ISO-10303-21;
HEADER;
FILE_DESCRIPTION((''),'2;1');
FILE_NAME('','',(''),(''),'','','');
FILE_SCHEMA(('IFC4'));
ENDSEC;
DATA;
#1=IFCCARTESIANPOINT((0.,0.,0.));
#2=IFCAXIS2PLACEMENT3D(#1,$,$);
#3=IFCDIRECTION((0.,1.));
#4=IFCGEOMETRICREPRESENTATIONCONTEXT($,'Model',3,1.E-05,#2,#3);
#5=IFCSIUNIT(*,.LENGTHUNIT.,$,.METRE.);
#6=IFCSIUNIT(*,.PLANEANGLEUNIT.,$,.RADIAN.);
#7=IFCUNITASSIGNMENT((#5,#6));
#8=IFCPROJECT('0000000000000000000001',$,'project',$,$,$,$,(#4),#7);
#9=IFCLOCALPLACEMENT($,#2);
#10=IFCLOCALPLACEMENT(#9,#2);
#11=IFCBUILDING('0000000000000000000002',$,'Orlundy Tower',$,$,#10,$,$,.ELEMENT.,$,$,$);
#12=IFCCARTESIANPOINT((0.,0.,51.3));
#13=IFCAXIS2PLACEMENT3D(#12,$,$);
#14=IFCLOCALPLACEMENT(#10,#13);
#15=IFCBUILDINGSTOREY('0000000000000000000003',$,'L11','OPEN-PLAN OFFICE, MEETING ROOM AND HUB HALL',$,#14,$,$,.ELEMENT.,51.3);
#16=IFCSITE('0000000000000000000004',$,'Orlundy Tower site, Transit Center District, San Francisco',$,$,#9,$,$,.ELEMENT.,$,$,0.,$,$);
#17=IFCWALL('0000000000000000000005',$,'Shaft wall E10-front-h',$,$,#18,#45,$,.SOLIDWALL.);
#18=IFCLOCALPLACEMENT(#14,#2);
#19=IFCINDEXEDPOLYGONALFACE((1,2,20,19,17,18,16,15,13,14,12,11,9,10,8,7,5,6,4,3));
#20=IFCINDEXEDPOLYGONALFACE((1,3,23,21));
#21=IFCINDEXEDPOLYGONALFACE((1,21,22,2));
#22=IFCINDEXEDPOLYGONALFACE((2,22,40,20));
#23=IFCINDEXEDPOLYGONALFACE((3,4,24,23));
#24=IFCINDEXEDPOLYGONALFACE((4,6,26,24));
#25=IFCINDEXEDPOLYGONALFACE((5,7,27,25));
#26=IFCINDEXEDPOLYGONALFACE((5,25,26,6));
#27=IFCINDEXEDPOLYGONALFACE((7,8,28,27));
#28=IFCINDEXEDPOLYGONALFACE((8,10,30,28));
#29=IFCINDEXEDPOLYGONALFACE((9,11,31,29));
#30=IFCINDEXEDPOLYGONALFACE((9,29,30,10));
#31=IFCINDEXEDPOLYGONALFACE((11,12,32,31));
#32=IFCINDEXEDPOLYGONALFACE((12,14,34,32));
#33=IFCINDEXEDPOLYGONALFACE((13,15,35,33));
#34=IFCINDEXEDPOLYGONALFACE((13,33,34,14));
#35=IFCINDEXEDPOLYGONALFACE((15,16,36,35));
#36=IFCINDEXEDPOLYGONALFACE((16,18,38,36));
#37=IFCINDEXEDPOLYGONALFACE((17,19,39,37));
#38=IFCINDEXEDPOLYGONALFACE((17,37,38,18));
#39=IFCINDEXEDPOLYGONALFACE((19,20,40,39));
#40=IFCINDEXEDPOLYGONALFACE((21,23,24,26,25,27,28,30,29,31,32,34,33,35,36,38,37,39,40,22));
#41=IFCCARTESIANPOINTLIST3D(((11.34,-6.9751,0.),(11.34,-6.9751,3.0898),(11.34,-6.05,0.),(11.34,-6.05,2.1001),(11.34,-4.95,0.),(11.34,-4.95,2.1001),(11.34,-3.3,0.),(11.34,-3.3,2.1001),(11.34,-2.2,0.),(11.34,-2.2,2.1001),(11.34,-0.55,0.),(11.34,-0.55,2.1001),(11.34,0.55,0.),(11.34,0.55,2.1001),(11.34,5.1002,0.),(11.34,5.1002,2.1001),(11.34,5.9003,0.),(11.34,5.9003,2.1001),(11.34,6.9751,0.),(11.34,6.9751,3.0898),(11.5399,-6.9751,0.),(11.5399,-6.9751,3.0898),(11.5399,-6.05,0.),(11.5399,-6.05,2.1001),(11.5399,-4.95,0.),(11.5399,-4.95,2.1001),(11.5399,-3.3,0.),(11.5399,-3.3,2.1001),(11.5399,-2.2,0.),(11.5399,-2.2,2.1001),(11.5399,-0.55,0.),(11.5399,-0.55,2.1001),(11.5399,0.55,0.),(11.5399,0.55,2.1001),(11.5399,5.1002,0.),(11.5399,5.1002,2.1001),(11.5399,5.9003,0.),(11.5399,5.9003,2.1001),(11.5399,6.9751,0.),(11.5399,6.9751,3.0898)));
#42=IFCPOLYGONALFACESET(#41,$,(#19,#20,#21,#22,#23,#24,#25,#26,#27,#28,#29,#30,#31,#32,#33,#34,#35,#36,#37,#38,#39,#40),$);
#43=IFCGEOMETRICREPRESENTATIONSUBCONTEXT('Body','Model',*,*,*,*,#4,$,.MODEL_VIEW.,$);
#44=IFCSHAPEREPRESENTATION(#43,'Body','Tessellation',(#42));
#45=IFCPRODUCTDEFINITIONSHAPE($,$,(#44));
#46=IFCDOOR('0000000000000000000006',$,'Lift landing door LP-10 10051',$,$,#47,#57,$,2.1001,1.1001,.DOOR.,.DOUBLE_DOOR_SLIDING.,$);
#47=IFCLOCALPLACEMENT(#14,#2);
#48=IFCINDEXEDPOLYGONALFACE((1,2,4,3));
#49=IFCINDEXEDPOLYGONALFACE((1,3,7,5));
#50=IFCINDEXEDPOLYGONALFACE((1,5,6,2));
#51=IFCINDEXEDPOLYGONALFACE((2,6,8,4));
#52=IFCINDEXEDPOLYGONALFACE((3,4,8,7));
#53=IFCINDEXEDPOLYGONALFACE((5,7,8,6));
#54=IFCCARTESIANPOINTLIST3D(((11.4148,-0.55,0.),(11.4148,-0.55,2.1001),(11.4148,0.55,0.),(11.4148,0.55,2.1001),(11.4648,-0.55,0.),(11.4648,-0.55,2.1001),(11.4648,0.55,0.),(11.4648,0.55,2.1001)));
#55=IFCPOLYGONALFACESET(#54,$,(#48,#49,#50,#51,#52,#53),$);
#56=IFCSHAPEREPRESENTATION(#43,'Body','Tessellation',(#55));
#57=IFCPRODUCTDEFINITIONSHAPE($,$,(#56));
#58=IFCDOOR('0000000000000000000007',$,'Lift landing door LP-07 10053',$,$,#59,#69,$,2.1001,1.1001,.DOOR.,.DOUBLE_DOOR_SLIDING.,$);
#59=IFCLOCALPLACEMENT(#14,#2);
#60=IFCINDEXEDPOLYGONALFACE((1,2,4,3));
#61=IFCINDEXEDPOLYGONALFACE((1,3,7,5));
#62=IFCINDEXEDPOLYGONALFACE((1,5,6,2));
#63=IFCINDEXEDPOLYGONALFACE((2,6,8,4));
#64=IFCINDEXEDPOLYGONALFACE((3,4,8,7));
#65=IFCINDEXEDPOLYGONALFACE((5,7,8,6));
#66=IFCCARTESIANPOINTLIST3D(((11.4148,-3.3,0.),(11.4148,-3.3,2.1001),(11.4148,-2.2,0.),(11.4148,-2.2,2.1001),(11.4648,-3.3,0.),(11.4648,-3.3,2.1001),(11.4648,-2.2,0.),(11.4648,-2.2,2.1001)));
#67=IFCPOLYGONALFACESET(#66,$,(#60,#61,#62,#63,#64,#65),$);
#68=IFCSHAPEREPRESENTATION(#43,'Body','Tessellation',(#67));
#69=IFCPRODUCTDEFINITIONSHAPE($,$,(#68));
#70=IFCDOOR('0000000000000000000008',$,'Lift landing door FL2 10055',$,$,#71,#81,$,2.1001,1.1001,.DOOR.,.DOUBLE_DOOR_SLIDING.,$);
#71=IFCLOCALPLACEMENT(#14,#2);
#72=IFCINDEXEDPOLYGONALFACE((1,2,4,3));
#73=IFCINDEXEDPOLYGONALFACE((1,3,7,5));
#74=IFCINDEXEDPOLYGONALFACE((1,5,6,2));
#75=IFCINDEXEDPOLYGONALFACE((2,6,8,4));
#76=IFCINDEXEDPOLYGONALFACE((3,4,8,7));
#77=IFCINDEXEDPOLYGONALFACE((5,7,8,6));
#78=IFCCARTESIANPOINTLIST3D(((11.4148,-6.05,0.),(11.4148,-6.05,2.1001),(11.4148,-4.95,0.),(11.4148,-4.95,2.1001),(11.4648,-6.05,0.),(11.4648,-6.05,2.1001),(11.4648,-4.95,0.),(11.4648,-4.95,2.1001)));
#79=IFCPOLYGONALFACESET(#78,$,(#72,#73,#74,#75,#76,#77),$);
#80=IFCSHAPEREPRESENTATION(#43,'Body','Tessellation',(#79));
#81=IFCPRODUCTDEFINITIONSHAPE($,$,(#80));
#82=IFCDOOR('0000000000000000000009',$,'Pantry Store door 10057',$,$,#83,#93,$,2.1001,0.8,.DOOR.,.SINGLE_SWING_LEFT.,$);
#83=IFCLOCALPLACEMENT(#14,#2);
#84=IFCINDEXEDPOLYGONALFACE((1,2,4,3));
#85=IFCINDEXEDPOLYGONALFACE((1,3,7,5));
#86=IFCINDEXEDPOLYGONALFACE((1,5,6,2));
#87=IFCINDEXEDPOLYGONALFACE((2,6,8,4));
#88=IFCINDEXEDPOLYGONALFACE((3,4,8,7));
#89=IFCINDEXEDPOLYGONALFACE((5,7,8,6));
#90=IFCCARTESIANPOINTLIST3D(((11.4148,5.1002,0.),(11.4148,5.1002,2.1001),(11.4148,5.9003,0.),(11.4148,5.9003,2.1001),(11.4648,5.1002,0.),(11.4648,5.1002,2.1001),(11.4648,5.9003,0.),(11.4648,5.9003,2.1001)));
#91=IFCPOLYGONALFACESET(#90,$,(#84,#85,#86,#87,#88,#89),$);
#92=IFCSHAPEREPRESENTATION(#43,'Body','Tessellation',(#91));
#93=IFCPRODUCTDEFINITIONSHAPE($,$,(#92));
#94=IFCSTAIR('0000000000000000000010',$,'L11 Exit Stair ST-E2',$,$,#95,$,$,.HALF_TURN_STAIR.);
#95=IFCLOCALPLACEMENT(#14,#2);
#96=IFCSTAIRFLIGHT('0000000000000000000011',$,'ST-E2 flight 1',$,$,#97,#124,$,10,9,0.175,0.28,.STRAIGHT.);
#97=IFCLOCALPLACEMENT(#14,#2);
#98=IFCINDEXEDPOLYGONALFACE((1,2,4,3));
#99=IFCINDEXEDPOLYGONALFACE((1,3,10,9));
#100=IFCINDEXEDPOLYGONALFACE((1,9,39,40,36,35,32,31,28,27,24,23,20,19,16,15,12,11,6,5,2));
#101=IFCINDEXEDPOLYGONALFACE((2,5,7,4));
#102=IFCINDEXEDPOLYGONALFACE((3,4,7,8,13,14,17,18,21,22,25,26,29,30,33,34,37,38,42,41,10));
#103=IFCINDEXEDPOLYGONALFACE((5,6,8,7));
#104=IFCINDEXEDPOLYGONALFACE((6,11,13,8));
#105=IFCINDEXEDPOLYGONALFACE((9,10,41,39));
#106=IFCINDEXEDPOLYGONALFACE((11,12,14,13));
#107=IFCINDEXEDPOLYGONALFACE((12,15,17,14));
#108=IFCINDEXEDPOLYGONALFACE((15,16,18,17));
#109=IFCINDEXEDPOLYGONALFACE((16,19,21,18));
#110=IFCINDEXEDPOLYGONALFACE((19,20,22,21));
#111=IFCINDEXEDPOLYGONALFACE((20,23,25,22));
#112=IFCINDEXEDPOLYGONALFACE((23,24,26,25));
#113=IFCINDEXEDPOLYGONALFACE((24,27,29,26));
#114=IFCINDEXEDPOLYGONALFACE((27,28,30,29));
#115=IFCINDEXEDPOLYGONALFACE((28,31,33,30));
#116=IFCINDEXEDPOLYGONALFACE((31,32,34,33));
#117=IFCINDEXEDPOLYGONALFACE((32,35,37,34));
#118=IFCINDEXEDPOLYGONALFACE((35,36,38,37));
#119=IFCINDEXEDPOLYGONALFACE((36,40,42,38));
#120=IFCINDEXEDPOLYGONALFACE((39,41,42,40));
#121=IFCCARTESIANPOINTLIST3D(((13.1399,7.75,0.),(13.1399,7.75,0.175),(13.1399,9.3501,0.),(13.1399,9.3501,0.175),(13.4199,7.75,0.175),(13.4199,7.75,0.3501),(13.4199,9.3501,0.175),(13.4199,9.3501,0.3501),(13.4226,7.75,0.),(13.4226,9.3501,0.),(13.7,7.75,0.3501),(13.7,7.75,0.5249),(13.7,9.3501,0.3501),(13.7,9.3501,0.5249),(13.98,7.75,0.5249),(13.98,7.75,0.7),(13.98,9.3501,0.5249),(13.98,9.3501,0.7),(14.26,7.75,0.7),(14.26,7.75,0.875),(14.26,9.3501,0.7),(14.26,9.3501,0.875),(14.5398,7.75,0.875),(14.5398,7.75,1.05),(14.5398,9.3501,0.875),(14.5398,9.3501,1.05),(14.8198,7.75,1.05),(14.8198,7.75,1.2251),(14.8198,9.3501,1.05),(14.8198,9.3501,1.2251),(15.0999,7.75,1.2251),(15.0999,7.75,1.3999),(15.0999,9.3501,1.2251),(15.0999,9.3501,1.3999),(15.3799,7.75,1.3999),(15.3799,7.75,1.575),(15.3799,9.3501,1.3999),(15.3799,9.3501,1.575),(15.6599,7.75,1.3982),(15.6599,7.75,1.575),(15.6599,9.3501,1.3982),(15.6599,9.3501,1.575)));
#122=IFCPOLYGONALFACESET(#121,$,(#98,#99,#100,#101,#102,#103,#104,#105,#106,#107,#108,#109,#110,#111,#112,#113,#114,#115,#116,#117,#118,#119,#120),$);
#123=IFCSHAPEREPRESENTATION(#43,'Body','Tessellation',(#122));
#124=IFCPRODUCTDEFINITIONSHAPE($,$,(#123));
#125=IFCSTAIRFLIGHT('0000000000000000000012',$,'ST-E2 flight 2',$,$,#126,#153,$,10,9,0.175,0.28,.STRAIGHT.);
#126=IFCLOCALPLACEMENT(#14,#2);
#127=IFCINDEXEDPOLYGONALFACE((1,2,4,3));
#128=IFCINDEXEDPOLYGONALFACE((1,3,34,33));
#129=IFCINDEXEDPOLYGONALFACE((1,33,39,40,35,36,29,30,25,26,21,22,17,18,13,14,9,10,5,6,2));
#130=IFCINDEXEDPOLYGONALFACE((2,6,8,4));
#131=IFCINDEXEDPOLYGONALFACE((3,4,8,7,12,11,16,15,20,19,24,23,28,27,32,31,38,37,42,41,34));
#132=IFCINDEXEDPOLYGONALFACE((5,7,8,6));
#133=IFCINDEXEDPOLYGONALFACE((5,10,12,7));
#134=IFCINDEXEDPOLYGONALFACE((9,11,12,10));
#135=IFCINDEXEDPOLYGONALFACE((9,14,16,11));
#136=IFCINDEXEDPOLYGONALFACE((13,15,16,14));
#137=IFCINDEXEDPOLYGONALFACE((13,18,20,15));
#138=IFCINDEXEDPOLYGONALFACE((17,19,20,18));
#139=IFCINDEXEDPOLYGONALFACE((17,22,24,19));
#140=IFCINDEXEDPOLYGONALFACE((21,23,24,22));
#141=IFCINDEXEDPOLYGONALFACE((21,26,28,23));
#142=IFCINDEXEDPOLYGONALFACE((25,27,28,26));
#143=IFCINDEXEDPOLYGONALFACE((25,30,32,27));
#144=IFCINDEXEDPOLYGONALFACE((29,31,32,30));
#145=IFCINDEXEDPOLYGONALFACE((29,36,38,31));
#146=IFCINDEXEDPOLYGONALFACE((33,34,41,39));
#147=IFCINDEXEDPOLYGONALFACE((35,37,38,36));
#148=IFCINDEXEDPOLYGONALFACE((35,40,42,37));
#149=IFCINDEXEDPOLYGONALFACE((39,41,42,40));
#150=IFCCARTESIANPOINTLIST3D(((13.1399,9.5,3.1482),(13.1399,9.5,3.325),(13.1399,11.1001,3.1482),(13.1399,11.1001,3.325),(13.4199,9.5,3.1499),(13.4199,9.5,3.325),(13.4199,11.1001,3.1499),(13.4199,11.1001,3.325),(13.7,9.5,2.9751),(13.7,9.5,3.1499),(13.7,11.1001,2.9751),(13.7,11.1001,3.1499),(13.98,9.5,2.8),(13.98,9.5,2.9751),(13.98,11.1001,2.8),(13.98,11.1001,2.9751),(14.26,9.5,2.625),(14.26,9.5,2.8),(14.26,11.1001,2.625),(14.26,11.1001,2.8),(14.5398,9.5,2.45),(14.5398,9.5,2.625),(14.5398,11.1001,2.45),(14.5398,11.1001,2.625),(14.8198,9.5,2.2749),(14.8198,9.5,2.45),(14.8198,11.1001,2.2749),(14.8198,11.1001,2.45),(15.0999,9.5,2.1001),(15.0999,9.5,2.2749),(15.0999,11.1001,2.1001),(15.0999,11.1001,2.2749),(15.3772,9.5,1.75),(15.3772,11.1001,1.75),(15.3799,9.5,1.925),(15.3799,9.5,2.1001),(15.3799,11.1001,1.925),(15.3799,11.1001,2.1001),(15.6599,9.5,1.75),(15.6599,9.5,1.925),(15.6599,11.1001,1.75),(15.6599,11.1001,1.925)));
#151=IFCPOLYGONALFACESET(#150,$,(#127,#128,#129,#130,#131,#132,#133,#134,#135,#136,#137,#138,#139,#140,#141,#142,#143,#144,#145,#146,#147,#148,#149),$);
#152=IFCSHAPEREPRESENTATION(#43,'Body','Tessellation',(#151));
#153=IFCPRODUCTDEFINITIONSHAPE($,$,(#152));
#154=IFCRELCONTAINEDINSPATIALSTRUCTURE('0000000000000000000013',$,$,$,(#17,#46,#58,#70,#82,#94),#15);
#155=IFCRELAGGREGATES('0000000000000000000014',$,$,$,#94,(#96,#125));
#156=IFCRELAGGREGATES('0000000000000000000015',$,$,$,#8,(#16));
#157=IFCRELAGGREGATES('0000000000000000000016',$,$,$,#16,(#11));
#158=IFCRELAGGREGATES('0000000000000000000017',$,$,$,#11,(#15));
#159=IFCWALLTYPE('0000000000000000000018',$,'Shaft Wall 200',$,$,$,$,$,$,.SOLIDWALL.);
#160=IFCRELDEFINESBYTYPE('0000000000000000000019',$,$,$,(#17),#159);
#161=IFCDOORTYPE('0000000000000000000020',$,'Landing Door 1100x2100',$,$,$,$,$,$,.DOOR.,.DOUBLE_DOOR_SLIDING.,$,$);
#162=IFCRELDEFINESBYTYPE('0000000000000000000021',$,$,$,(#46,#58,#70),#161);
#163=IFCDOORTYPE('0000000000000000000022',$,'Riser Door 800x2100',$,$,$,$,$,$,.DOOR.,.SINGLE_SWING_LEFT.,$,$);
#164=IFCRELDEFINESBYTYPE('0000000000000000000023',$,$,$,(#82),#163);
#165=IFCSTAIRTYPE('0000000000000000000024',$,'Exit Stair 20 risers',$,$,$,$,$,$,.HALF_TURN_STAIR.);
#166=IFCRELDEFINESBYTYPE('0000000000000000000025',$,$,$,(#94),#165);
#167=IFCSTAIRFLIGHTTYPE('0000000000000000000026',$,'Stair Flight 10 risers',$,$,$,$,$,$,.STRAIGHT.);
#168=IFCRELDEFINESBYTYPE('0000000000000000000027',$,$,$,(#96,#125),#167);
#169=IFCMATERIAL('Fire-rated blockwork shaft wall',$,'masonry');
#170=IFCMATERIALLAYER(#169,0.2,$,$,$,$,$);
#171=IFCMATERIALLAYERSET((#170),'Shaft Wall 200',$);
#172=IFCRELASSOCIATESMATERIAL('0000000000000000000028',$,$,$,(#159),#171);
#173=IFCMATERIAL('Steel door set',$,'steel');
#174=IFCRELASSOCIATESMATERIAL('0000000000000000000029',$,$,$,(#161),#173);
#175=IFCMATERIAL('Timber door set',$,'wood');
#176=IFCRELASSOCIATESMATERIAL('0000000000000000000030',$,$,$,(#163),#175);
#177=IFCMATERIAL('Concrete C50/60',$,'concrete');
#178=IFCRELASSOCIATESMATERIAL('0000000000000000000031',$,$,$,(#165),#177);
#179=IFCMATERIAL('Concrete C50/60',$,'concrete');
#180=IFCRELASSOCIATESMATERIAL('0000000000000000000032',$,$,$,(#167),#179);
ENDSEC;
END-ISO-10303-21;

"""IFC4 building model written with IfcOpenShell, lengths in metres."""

from ifc_helpers import new_model, si_unit, direction, frame, frame_2d, origin, place, context, subcontext, project, spatial, polyline, rectangle, outline, extrude, material, layer, layer_set, type_object, element, fill, aggregate, save


model = new_model("IFC4")

# Units and contexts
model_context = context("Model", 3, precision=1e-05, world=origin(), true_north=direction((0.0, 1.0)))
body_context = subcontext(model_context, "Body", "Model", "MODEL_VIEW")
ifc_project = project(units=[si_unit("LENGTHUNIT", "METRE"), si_unit("PLANEANGLEUNIT", "RADIAN")], contexts=[model_context])

# Site, building, storey
site_placement = place(None, origin())
site = spatial("IfcSite", under=ifc_project, at=site_placement, Name="Orlundy Tower site, Transit Center District, San Francisco", CompositionType="ELEMENT", RefElevation=0.0)
building_placement = place(site_placement, origin())
building = spatial("IfcBuilding", under=site, at=building_placement, Name="Orlundy Tower", CompositionType="ELEMENT")
storey_placement = place(building_placement, frame((0.0, 0.0, 51.3)))
storey = spatial("IfcBuildingStorey", under=building, at=storey_placement, Name="L11", Description="OPEN-PLAN OFFICE, MEETING ROOM AND HUB HALL", CompositionType="ELEMENT", Elevation=51.3)

# Shared definitions
ifc_material_1 = material(Name="Fire-rated blockwork shaft wall", Category="masonry")
ifc_layer_1 = layer(ifc_material_1, 0.2)
ifc_layer_set_1 = layer_set([ifc_layer_1], Name="Shaft Wall 200")
wall_type_1 = type_object("IfcWallType", Name="Shaft Wall 200", PredefinedType="SOLIDWALL", material=ifc_layer_set_1)

# Wall, openings, doors
wall_1_placement = place(storey_placement, frame((11.4399, 6.9751, 0.0), z_axis=(0.0, 0.0, 1.0), x_axis=(0.0, -1.0, 0.0)))
wall_1 = element("IfcWall", 1, at=wall_1_placement, inside=storey, type_object=wall_type_1, Name="Shaft wall E10-front-h", PredefinedType="SOLIDWALL", context=body_context, shape_type="SweptSolid", body=[
    extrude(rectangle(XDim=13.9502, YDim=0.2, at=frame_2d((6.9751, 0.0))), origin(), (0.0, 0.0, 1.0), 3.0898),
])
opening_1_placement = place(wall_1_placement, frame((6.425, 0.0, 0.0)))
opening_1 = element("IfcOpeningElement", 2, at=opening_1_placement, cuts=wall_1, PredefinedType="OPENING", context=body_context, shape_type="SweptSolid", body=[
    extrude(rectangle(XDim=1.1001, YDim=2.1001, at=frame_2d((0.55, 1.05))), frame((0.0, 0.1101, 0.0), z_axis=(0.0, -1.0, 0.0), x_axis=(1.0, 0.0, 0.0)), (0.0, 0.0, 1.0), 0.2202),
])
opening_2_placement = place(wall_1_placement, frame((9.175, 0.0, 0.0)))
opening_2 = element("IfcOpeningElement", 3, at=opening_2_placement, cuts=wall_1, PredefinedType="OPENING", context=body_context, shape_type="SweptSolid", body=[
    extrude(rectangle(XDim=1.1001, YDim=2.1001, at=frame_2d((0.55, 1.05))), frame((0.0, 0.1101, 0.0), z_axis=(0.0, -1.0, 0.0), x_axis=(1.0, 0.0, 0.0)), (0.0, 0.0, 1.0), 0.2202),
])
opening_3_placement = place(wall_1_placement, frame((11.925, 0.0, 0.0)))
opening_3 = element("IfcOpeningElement", 4, at=opening_3_placement, cuts=wall_1, PredefinedType="OPENING", context=body_context, shape_type="SweptSolid", body=[
    extrude(rectangle(XDim=1.1001, YDim=2.1001, at=frame_2d((0.55, 1.05))), frame((0.0, 0.1101, 0.0), z_axis=(0.0, -1.0, 0.0), x_axis=(1.0, 0.0, 0.0)), (0.0, 0.0, 1.0), 0.2202),
])
opening_4_placement = place(wall_1_placement, frame((1.075, 0.0, 0.0)))
opening_4 = element("IfcOpeningElement", 5, at=opening_4_placement, cuts=wall_1, PredefinedType="OPENING", context=body_context, shape_type="SweptSolid", body=[
    extrude(rectangle(XDim=0.8, YDim=2.1001, at=frame_2d((0.3999, 1.05))), frame((0.0, 0.1101, 0.0), z_axis=(0.0, -1.0, 0.0), x_axis=(1.0, 0.0, 0.0)), (0.0, 0.0, 1.0), 0.2202),
])
ifc_material_2 = material(Name="Steel door set", Category="steel")
door_type_1 = type_object("IfcDoorType", Name="Landing Door 1100x2100", OperationType="DOUBLE_DOOR_SLIDING", PredefinedType="DOOR", material=ifc_material_2)
door_1_placement = place(opening_1_placement, origin())
door_1 = element("IfcDoor", 6, at=door_1_placement, inside=storey, type_object=door_type_1, Name="Lift landing door LP-10 10051", OperationType="DOUBLE_DOOR_SLIDING", OverallHeight=2.1001, OverallWidth=1.1001, PredefinedType="DOOR", context=body_context, shape_type="SweptSolid", body=[
    extrude(rectangle(XDim=1.1001, YDim=2.1001, at=frame_2d((0.55, 1.05))), frame((0.0, 0.0249, 0.0), z_axis=(0.0, -1.0, 0.0), x_axis=(1.0, 0.0, 0.0)), (0.0, 0.0, 1.0), 0.05),
])
fill(opening_1, door_1)
door_2_placement = place(opening_2_placement, origin())
door_2 = element("IfcDoor", 7, at=door_2_placement, inside=storey, type_object=door_type_1, Name="Lift landing door LP-07 10053", OperationType="DOUBLE_DOOR_SLIDING", OverallHeight=2.1001, OverallWidth=1.1001, PredefinedType="DOOR", context=body_context, shape_type="SweptSolid", body=[
    extrude(rectangle(XDim=1.1001, YDim=2.1001, at=frame_2d((0.55, 1.05))), frame((0.0, 0.0249, 0.0), z_axis=(0.0, -1.0, 0.0), x_axis=(1.0, 0.0, 0.0)), (0.0, 0.0, 1.0), 0.05),
])
fill(opening_2, door_2)
door_3_placement = place(opening_3_placement, origin())
door_3 = element("IfcDoor", 8, at=door_3_placement, inside=storey, type_object=door_type_1, Name="Lift landing door FL2 10055", OperationType="DOUBLE_DOOR_SLIDING", OverallHeight=2.1001, OverallWidth=1.1001, PredefinedType="DOOR", context=body_context, shape_type="SweptSolid", body=[
    extrude(rectangle(XDim=1.1001, YDim=2.1001, at=frame_2d((0.55, 1.05))), frame((0.0, 0.0249, 0.0), z_axis=(0.0, -1.0, 0.0), x_axis=(1.0, 0.0, 0.0)), (0.0, 0.0, 1.0), 0.05),
])
fill(opening_3, door_3)
ifc_material_3 = material(Name="Timber door set", Category="wood")
door_type_2 = type_object("IfcDoorType", Name="Riser Door 800x2100", OperationType="SINGLE_SWING_LEFT", PredefinedType="DOOR", material=ifc_material_3)
door_4_placement = place(opening_4_placement, origin())
door_4 = element("IfcDoor", 9, at=door_4_placement, inside=storey, type_object=door_type_2, Name="Pantry Store door 10057", OperationType="SINGLE_SWING_LEFT", OverallHeight=2.1001, OverallWidth=0.8, PredefinedType="DOOR", context=body_context, shape_type="SweptSolid", body=[
    extrude(rectangle(XDim=0.8, YDim=2.1001, at=frame_2d((0.3999, 1.05))), frame((0.0, 0.0249, 0.0), z_axis=(0.0, -1.0, 0.0), x_axis=(1.0, 0.0, 0.0)), (0.0, 0.0, 1.0), 0.05),
])
fill(opening_4, door_4)

# Stair, stair flights
ifc_material_4 = material(Name="Concrete C50/60", Category="concrete")
stair_type = type_object("IfcStairType", Name="Exit Stair 20 risers", PredefinedType="HALF_TURN_STAIR", material=ifc_material_4)
stair_placement = place(storey_placement, origin())
stair = element("IfcStair", 10, at=stair_placement, inside=storey, type_object=stair_type, Name="L11 Exit Stair ST-E2", PredefinedType="HALF_TURN_STAIR")
ifc_material_5 = material(Name="Concrete C50/60", Category="concrete")
stair_flight_type = type_object("IfcStairFlightType", Name="Stair Flight 10 risers", PredefinedType="STRAIGHT", material=ifc_material_5)
stair_flight_1_placement = place(storey_placement, frame((13.1399, 8.55, 0.0), z_axis=(0.0, 0.0, 1.0), x_axis=(1.0, 0.0, 0.0)))
stair_flight_1 = element("IfcStairFlight", 11, at=stair_flight_1_placement, type_object=stair_flight_type, Name="ST-E2 flight 1", NumberOfRisers=10, NumberOfTreads=9, PredefinedType="STRAIGHT", RiserHeight=0.175, TreadLength=0.28, context=body_context, shape_type="SweptSolid", body=[
    extrude(outline(polyline([(0.0, 0.0), (0.0, 0.175), (0.28, 0.175), (0.28, 0.3501), (0.5601, 0.3501), (0.5601, 0.5249), (0.8401, 0.5249), (0.8401, 0.7), (1.1201, 0.7), (1.1201, 0.875), (1.3999, 0.875), (1.3999, 1.05), (1.6799, 1.05), (1.6799, 1.2251), (1.96, 1.2251), (1.96, 1.3999), (2.24, 1.3999), (2.24, 1.575), (2.52, 1.575), (2.52, 1.75), (2.52, 1.3982), (0.2827, 0.0), (0.0, 0.0)])), frame((0.0, 0.8, 0.0), z_axis=(0.0, -1.0, 0.0), x_axis=(1.0, 0.0, 0.0)), (0.0, 0.0, 1.0), 1.6001),
])
stair_flight_2_placement = place(storey_placement, frame((15.6599, 10.3, 1.75), z_axis=(0.0, 0.0, 1.0), x_axis=(-1.0, 0.0, 0.0)))
stair_flight_2 = element("IfcStairFlight", 12, at=stair_flight_2_placement, type_object=stair_flight_type, Name="ST-E2 flight 2", NumberOfRisers=10, NumberOfTreads=9, PredefinedType="STRAIGHT", RiserHeight=0.175, TreadLength=0.28, context=body_context, shape_type="SweptSolid", body=[
    extrude(outline(polyline([(0.0, 0.0), (0.0, 0.175), (0.28, 0.175), (0.28, 0.3501), (0.5601, 0.3501), (0.5601, 0.5249), (0.8401, 0.5249), (0.8401, 0.7), (1.1201, 0.7), (1.1201, 0.875), (1.3999, 0.875), (1.3999, 1.05), (1.6799, 1.05), (1.6799, 1.2251), (1.96, 1.2251), (1.96, 1.3999), (2.24, 1.3999), (2.24, 1.575), (2.52, 1.575), (2.52, 1.75), (2.52, 1.3982), (0.2827, 0.0), (0.0, 0.0)])), frame((0.0, 0.8, 0.0), z_axis=(0.0, -1.0, 0.0), x_axis=(1.0, 0.0, 0.0)), (0.0, 0.0, 1.0), 1.6001),
])
aggregate(stair, [stair_flight_1, stair_flight_2])

save(model, "model.ifc")
